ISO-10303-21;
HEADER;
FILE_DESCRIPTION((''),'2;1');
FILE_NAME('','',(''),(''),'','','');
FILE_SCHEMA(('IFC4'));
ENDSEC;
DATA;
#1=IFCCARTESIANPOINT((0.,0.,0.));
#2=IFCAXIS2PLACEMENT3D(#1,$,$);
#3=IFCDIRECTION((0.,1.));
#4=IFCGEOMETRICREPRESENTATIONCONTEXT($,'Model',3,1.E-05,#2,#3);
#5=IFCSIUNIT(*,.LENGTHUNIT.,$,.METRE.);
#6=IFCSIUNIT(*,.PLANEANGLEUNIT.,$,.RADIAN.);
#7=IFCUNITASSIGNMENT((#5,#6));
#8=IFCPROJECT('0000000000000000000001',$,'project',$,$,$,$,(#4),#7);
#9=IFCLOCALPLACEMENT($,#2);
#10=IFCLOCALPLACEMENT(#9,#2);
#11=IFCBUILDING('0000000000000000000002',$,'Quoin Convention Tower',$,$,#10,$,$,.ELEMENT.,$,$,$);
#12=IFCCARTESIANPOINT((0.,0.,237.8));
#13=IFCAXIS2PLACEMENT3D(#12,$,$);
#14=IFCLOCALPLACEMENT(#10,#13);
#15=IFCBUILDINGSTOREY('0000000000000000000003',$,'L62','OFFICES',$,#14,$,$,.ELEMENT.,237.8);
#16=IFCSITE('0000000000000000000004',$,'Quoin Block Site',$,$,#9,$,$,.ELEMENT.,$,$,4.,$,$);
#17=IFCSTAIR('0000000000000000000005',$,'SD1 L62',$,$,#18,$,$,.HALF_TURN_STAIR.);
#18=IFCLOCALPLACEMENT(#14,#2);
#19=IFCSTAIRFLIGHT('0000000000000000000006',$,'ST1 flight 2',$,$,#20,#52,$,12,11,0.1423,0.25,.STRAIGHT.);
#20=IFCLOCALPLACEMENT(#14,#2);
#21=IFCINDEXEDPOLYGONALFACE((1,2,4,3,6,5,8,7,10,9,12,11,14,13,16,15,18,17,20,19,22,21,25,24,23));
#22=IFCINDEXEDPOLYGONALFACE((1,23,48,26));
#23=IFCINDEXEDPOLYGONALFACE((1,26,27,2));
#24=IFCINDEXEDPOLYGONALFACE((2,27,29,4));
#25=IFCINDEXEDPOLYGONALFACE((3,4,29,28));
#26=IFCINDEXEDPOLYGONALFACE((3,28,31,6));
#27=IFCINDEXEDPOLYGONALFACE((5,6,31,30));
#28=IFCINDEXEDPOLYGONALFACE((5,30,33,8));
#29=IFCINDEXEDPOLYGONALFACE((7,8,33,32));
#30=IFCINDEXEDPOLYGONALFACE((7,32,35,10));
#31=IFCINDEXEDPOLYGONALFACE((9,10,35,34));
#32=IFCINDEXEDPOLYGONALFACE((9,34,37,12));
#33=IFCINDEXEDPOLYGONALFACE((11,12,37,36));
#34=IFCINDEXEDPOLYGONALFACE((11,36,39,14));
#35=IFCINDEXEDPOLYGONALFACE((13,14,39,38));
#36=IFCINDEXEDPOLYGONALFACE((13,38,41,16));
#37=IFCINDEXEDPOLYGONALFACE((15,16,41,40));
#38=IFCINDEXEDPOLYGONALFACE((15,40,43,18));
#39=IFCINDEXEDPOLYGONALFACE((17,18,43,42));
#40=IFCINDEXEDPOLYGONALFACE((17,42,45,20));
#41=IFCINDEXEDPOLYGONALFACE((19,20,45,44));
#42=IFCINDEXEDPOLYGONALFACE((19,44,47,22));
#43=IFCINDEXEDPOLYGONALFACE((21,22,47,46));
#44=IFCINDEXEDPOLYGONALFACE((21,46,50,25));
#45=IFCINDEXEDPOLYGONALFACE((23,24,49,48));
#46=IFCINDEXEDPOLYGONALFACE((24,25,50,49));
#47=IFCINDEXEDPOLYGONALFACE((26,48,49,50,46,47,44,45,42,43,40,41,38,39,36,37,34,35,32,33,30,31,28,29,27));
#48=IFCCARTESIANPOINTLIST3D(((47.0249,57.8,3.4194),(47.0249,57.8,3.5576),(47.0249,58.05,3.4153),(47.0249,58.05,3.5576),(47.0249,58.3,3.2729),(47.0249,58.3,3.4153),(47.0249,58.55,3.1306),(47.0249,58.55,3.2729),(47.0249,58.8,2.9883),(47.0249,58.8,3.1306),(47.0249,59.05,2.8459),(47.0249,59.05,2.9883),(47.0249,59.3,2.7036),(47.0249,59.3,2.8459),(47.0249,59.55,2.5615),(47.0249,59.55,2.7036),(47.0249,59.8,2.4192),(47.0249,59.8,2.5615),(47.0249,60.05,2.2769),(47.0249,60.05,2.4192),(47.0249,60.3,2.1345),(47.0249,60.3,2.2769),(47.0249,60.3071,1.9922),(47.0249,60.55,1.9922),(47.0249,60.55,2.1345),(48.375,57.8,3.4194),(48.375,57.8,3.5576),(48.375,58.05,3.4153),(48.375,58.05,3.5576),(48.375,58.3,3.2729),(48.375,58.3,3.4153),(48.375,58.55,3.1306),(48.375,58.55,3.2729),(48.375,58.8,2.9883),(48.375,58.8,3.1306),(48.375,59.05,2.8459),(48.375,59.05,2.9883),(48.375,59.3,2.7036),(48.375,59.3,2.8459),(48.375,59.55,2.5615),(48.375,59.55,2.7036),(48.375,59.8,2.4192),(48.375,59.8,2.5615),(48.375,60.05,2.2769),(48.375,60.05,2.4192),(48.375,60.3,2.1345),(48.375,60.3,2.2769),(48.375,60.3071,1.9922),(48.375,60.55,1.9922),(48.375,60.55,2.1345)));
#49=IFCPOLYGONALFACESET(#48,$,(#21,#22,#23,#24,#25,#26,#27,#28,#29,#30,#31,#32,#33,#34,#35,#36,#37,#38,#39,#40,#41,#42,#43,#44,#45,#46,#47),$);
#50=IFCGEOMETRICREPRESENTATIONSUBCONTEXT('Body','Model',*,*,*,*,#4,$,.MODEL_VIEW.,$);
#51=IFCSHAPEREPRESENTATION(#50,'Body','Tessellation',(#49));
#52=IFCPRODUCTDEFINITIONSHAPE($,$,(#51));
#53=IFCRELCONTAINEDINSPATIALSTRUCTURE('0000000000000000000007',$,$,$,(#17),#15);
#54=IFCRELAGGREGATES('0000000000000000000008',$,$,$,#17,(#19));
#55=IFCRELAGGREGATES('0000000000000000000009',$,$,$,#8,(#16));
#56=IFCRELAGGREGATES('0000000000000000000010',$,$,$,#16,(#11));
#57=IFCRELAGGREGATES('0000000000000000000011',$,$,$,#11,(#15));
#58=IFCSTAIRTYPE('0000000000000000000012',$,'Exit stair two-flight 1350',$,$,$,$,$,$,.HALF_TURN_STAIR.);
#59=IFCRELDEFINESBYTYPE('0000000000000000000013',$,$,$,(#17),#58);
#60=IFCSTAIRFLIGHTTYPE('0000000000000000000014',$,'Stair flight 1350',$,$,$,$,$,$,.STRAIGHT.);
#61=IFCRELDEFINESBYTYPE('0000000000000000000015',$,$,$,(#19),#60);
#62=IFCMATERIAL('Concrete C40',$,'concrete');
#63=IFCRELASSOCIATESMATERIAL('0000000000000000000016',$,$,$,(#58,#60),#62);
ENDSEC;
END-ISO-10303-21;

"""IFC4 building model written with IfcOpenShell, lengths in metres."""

from ifc_helpers import new_model, si_unit, direction, frame, origin, place, context, subcontext, project, spatial, polyline, outline, extrude, material, type_object, element, aggregate, save


model = new_model("IFC4")

# Units and contexts
model_context = context("Model", 3, precision=1e-05, world=origin(), true_north=direction((0.0, 1.0)))
body_context = subcontext(model_context, "Body", "Model", "MODEL_VIEW")
ifc_project = project(units=[si_unit("LENGTHUNIT", "METRE"), si_unit("PLANEANGLEUNIT", "RADIAN")], contexts=[model_context])

# Site, building, storey
site_placement = place(None, origin())
site = spatial("IfcSite", under=ifc_project, at=site_placement, Name="Quoin Block Site", CompositionType="ELEMENT", RefElevation=4.0)
building_placement = place(site_placement, origin())
building = spatial("IfcBuilding", under=site, at=building_placement, Name="Quoin Convention Tower", CompositionType="ELEMENT")
storey_placement = place(building_placement, frame((0.0, 0.0, 237.8)))
storey = spatial("IfcBuildingStorey", under=building, at=storey_placement, Name="L62", Description="OFFICES", CompositionType="ELEMENT", Elevation=237.8)

# Stair, stair flight
ifc_material_1 = material(Name="Concrete C40", Category="concrete")
stair_type = type_object("IfcStairType", Name="Exit stair two-flight 1350", PredefinedType="HALF_TURN_STAIR", material=ifc_material_1)
stair_placement = place(storey_placement, origin())
stair = element("IfcStair", 1, at=stair_placement, inside=storey, type_object=stair_type, Name="SD1 L62", PredefinedType="HALF_TURN_STAIR")
stair_flight_type = type_object("IfcStairFlightType", Name="Stair flight 1350", PredefinedType="STRAIGHT", material=ifc_material_1)
stair_flight_1_placement = place(storey_placement, frame((47.7, 60.55, 1.9922), z_axis=(0.0, 0.0, 1.0), x_axis=(0.0, -1.0, 0.0)))
stair_flight_1 = element("IfcStairFlight", 2, at=stair_flight_1_placement, type_object=stair_flight_type, Name="ST1 flight 2", NumberOfRisers=12, NumberOfTreads=11, PredefinedType="STRAIGHT", RiserHeight=0.1423, TreadLength=0.25, context=body_context, shape_type="SweptSolid", body=[
    extrude(outline(polyline([(0.0, 0.0), (0.0, 0.1423), (0.25, 0.1423), (0.25, 0.2847), (0.5, 0.2847), (0.5, 0.427), (0.75, 0.427), (0.75, 0.5693), (1.0, 0.5693), (1.0, 0.7114), (1.25, 0.7114), (1.25, 0.8538), (1.5, 0.8538), (1.5, 0.9961), (1.75, 0.9961), (1.75, 1.1384), (2.0, 1.1384), (2.0, 1.2808), (2.25, 1.2808), (2.25, 1.4231), (2.5, 1.4231), (2.5, 1.5654), (2.75, 1.5654), (2.75, 1.7078), (2.75, 1.4272), (0.2429, 0.0), (0.0, 0.0)])), frame((0.0, 0.675, 0.0), z_axis=(0.0, -1.0, 0.0), x_axis=(1.0, 0.0, 0.0)), (0.0, 0.0, 1.0), 1.3501),
])
aggregate(stair, [stair_flight_1])

save(model, "model.ifc")
